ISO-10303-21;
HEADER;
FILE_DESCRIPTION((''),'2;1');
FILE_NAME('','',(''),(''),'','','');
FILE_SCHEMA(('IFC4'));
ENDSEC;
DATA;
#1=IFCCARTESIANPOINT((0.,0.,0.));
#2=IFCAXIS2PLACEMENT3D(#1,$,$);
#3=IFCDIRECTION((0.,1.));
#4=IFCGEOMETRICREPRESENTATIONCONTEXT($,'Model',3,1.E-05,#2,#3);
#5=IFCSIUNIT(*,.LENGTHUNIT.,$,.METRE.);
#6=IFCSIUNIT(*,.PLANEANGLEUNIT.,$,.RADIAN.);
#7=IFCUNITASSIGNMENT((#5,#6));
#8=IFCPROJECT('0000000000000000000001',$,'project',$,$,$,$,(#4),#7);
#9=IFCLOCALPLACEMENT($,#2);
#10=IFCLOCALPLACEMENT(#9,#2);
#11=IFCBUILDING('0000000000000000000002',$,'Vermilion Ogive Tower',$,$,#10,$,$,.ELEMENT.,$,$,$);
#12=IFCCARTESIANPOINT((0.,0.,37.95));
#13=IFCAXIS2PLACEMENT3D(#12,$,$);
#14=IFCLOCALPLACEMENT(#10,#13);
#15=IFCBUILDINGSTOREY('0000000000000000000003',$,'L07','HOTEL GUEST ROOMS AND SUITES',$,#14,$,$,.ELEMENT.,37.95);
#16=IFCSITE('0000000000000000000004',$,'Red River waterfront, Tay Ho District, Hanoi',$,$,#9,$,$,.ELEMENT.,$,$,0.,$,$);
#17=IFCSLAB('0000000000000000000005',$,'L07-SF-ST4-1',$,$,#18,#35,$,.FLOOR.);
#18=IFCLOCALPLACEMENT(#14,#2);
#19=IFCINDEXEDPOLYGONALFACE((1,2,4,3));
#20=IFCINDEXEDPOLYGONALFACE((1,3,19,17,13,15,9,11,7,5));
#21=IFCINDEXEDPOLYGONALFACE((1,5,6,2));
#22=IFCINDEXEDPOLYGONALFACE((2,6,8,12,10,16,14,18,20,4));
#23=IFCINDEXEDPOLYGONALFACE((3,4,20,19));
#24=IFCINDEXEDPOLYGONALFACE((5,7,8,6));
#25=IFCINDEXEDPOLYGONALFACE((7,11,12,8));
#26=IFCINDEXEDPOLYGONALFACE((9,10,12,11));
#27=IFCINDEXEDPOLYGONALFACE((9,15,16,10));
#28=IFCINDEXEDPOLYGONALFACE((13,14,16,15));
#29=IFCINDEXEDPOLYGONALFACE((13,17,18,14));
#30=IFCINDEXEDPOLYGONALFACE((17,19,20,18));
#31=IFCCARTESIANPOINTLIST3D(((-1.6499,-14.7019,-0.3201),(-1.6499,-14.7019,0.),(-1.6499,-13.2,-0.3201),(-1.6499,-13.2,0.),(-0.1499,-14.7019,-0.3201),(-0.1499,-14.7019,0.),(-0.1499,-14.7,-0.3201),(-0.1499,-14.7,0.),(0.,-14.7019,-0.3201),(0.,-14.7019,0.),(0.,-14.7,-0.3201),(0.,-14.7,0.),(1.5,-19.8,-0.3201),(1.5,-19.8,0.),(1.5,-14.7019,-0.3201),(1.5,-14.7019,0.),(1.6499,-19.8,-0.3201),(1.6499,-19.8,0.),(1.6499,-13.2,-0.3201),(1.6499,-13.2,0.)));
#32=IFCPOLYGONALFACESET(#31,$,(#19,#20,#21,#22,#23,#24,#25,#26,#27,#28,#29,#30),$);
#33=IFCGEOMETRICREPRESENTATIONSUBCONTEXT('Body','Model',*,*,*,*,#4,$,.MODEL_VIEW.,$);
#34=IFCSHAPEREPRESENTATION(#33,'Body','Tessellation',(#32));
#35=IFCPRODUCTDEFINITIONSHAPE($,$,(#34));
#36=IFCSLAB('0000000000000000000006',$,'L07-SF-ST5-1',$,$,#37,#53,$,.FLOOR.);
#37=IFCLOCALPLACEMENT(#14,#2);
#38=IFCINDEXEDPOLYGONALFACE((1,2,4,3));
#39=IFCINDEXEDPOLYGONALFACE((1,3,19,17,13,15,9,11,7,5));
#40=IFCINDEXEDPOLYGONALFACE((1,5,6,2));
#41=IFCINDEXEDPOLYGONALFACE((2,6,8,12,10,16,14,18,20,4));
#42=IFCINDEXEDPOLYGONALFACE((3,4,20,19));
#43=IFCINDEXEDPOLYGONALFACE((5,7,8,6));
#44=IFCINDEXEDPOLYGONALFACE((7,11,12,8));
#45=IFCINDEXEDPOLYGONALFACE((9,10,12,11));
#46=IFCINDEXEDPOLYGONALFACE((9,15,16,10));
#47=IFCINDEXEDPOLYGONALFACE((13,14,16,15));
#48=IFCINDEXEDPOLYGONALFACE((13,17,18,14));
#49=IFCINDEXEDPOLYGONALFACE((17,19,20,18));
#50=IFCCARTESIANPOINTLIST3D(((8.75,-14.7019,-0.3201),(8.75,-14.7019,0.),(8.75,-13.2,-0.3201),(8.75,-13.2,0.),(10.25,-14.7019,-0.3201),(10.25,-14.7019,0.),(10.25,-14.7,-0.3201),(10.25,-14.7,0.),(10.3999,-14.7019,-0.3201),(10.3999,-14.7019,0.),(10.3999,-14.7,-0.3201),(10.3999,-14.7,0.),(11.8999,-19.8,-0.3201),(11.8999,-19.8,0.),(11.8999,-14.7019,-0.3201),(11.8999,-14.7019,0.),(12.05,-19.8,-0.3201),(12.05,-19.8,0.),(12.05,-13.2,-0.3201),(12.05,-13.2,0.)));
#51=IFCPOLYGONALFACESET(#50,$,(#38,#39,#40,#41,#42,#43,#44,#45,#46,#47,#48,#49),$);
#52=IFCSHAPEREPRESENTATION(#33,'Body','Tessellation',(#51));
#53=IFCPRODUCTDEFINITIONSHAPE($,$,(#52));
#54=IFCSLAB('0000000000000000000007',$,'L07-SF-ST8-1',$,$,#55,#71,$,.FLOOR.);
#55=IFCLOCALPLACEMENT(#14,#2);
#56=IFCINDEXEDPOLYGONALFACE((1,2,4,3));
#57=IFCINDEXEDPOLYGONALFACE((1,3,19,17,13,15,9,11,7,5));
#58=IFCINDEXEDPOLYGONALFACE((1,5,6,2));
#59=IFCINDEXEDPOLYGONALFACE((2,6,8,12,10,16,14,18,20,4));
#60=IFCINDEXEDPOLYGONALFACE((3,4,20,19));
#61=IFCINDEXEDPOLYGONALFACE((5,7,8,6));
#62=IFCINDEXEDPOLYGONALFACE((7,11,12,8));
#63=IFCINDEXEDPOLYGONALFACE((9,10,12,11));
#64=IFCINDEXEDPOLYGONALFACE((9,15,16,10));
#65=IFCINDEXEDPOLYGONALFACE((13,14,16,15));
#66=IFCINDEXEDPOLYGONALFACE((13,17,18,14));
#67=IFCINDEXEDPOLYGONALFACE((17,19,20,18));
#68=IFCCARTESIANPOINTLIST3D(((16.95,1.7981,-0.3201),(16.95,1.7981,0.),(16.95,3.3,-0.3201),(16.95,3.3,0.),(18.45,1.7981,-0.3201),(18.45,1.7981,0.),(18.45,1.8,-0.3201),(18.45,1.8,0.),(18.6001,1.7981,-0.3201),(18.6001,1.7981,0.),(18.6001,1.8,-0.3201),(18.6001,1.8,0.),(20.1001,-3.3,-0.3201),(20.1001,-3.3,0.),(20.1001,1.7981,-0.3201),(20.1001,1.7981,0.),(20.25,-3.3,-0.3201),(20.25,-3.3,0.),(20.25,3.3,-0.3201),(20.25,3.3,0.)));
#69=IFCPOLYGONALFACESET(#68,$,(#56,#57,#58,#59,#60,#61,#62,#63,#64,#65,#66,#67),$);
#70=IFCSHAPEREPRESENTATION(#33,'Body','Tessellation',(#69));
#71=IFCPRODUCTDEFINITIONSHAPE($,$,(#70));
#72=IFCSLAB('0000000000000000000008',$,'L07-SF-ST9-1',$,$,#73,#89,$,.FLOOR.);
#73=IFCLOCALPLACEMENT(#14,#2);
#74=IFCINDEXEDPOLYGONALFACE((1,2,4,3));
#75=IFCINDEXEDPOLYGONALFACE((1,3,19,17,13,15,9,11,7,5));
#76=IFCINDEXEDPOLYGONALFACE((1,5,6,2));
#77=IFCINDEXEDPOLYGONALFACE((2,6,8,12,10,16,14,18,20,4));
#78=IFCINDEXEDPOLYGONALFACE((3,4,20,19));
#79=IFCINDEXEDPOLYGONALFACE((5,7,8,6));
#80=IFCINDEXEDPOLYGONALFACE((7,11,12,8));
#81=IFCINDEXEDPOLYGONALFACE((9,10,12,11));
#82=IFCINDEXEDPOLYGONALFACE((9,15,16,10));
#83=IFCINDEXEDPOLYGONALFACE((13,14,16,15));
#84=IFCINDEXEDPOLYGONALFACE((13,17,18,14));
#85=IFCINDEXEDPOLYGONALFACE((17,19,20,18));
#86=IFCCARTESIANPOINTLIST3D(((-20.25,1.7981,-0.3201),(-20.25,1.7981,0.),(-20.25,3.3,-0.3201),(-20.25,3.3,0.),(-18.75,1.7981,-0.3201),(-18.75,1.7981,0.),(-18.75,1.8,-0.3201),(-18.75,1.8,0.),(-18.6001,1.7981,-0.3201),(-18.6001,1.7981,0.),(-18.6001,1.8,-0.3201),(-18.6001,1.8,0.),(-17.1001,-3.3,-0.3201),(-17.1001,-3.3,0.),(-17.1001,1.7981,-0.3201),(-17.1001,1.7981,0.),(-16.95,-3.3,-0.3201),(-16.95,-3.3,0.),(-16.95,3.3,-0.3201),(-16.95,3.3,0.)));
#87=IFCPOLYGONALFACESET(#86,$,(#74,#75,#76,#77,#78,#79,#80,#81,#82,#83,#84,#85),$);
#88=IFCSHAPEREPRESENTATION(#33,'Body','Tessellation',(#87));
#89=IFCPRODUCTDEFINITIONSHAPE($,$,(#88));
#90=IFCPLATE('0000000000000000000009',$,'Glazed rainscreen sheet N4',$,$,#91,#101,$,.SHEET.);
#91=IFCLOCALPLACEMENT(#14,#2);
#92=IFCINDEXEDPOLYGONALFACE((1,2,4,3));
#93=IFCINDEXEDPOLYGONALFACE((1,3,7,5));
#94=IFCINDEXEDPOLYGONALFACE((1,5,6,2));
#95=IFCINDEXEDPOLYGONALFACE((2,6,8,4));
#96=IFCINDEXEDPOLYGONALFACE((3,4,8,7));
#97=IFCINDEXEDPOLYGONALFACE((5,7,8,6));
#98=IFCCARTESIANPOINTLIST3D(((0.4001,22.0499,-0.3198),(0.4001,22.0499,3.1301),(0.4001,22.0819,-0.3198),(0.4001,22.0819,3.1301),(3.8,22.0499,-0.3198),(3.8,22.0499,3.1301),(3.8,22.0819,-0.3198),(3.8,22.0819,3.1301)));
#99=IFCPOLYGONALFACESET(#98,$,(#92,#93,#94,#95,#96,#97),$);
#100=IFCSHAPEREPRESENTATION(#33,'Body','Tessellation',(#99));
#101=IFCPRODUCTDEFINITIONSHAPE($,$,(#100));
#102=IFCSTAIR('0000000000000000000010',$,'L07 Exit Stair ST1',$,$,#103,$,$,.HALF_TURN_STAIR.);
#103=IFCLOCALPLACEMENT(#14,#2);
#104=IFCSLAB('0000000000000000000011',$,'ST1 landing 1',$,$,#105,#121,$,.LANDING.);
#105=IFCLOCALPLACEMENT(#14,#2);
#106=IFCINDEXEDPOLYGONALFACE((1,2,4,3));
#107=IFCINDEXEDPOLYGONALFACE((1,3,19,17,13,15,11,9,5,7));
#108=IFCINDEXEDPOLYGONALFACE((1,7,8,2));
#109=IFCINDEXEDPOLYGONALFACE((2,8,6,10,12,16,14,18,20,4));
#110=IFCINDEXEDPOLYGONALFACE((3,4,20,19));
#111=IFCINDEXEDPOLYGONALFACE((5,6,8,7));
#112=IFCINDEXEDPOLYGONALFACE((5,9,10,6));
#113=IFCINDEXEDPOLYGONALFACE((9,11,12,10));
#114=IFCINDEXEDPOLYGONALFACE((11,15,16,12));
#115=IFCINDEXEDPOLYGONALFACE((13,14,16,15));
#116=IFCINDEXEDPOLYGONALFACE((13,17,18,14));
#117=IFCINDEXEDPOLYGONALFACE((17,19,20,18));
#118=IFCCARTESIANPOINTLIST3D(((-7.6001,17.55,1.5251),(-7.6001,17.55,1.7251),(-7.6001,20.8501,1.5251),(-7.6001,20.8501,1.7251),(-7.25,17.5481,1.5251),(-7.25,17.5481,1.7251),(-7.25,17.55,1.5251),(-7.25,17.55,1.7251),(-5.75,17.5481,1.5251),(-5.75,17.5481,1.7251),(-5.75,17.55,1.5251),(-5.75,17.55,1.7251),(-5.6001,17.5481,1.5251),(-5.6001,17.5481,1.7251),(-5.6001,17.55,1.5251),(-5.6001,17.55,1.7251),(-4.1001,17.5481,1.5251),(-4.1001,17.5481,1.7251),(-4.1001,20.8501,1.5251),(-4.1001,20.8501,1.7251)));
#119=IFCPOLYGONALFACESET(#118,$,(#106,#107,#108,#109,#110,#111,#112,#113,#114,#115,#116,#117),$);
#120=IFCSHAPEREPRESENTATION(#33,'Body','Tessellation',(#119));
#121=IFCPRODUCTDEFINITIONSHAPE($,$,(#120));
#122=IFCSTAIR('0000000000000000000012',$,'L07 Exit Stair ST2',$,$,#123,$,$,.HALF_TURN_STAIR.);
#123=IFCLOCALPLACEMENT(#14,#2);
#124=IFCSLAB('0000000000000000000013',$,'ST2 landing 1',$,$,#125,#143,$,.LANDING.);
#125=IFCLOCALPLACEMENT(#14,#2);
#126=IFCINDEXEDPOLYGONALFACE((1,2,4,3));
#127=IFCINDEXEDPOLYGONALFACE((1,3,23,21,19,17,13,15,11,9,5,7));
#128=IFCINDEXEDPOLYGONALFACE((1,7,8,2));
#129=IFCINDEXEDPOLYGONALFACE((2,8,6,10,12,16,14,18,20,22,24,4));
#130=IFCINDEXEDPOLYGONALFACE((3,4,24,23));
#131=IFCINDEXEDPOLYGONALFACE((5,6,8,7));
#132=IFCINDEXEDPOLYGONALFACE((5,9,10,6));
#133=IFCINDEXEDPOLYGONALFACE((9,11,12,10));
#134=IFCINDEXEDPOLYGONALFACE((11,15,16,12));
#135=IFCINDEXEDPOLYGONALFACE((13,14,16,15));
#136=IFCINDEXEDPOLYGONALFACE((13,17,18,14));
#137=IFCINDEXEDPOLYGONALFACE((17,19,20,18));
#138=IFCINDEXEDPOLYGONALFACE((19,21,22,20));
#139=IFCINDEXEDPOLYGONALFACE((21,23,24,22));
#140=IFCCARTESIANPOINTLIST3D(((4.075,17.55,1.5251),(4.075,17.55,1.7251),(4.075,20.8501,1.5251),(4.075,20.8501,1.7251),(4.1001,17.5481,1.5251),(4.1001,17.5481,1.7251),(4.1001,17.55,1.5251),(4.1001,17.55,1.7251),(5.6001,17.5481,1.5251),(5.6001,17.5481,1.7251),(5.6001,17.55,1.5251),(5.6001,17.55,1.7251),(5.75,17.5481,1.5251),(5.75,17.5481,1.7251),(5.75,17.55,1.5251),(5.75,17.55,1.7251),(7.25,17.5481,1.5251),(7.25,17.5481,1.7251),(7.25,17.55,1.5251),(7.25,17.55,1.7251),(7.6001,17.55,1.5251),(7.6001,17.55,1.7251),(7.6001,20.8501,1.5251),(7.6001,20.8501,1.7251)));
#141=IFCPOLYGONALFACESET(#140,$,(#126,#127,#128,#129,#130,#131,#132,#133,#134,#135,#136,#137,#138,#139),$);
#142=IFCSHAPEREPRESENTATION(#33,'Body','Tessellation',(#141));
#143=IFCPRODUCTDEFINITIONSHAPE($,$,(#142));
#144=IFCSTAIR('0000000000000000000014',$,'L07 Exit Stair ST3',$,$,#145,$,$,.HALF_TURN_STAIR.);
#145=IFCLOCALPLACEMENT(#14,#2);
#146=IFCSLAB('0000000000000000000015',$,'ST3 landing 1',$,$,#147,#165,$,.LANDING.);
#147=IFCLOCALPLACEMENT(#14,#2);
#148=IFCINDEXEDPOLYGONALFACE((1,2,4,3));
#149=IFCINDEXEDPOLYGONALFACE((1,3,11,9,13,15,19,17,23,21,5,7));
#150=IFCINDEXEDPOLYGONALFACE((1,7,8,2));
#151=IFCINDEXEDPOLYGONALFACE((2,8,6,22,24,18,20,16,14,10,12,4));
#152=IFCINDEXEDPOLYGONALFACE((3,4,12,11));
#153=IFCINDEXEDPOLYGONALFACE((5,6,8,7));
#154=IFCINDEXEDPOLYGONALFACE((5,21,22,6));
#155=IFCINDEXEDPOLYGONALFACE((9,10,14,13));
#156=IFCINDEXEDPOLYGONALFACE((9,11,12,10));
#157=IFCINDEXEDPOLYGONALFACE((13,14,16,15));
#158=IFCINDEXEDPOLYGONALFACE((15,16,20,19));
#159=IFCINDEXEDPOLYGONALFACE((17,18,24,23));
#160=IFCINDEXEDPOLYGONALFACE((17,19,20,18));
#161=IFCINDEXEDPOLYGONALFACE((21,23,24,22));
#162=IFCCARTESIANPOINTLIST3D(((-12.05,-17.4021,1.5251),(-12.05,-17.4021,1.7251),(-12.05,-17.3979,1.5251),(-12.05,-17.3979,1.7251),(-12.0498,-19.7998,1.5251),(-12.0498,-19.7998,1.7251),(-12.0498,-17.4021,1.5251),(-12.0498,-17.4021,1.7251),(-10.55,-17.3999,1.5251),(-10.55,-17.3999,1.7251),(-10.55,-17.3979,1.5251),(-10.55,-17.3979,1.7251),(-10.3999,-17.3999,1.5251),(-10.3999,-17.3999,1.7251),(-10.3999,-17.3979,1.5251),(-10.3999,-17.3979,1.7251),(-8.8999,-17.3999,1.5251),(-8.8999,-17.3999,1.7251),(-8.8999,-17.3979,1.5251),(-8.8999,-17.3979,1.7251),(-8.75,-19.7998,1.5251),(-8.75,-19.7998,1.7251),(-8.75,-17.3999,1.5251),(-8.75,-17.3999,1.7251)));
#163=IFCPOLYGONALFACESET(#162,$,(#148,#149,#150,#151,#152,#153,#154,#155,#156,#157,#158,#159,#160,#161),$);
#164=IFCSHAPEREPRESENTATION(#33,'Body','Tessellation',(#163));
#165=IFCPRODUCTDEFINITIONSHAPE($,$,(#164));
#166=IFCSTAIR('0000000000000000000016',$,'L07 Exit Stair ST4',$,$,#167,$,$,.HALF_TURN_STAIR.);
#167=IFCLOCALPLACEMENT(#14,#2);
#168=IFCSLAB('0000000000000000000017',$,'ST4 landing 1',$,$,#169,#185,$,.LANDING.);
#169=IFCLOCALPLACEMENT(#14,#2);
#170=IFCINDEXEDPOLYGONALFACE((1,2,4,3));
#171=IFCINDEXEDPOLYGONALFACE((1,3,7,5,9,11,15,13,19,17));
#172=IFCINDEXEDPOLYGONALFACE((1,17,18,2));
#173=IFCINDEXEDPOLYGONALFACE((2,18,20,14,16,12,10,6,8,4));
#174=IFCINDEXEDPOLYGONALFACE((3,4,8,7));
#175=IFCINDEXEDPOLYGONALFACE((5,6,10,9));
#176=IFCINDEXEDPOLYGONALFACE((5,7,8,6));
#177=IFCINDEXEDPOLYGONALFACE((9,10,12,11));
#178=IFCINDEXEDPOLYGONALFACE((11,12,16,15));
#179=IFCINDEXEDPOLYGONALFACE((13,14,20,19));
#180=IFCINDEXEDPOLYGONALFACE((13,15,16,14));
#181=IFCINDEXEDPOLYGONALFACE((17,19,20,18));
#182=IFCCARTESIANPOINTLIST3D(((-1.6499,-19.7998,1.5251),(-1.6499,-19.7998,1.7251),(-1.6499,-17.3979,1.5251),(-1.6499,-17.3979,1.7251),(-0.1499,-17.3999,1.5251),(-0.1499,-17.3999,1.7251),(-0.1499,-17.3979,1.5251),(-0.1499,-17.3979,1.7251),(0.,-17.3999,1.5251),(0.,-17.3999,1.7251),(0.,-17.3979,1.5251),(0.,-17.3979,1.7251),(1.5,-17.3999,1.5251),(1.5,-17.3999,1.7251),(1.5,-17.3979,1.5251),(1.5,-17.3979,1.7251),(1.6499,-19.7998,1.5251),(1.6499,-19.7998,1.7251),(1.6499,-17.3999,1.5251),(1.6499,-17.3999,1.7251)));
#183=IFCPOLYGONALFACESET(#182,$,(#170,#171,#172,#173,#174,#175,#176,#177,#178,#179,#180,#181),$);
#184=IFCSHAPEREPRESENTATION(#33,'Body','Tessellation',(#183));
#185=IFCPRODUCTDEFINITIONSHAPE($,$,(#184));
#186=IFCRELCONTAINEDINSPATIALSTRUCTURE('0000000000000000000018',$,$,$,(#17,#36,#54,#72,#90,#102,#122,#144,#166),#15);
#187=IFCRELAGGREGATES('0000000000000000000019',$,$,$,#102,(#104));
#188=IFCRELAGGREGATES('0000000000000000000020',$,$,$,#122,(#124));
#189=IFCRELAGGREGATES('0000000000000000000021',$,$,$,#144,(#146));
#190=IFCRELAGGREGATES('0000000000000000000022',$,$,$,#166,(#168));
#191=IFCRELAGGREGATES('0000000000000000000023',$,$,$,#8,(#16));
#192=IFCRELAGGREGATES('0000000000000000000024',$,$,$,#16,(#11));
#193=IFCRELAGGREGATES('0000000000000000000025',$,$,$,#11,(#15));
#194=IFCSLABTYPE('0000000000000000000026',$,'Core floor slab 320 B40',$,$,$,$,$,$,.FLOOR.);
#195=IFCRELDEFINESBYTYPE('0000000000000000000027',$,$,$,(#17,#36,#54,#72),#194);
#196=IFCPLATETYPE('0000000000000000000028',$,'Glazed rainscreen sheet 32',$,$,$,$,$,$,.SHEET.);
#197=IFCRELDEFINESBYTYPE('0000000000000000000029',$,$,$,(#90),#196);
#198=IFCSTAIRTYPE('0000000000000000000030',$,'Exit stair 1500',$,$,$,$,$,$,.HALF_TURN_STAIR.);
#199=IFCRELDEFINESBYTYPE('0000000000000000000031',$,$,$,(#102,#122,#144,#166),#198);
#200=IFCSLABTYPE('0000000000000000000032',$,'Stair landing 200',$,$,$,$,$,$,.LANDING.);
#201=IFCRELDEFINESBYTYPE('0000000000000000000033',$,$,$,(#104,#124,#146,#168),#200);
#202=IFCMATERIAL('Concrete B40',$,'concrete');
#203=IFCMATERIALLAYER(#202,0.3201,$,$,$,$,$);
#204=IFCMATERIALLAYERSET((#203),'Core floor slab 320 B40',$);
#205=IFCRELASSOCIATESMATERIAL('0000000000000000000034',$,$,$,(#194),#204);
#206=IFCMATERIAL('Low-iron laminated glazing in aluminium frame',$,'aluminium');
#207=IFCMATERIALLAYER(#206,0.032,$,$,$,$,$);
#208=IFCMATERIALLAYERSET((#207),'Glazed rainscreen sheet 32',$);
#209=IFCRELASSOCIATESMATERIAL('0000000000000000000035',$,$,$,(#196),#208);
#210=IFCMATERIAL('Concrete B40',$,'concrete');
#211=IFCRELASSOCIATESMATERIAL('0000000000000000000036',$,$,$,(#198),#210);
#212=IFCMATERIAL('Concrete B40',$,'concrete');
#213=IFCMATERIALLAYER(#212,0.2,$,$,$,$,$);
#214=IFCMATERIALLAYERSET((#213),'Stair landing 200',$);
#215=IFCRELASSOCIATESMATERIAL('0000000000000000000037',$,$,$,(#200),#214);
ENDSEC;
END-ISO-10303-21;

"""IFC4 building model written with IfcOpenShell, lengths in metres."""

from ifc_helpers import new_model, si_unit, direction, frame, origin, origin_2d, place, context, subcontext, project, spatial, polyline, rectangle, outline, extrude, material, layer, layer_set, type_object, element, aggregate, save


model = new_model("IFC4")

# Units and contexts
model_context = context("Model", 3, precision=1e-05, world=origin(), true_north=direction((0.0, 1.0)))
body_context = subcontext(model_context, "Body", "Model", "MODEL_VIEW")
ifc_project = project(units=[si_unit("LENGTHUNIT", "METRE"), si_unit("PLANEANGLEUNIT", "RADIAN")], contexts=[model_context])

# Site, building, storey
site_placement = place(None, origin())
site = spatial("IfcSite", under=ifc_project, at=site_placement, Name="Red River waterfront, Tay Ho District, Hanoi", CompositionType="ELEMENT", RefElevation=0.0)
building_placement = place(site_placement, origin())
building = spatial("IfcBuilding", under=site, at=building_placement, Name="Vermilion Ogive Tower", CompositionType="ELEMENT")
storey_placement = place(building_placement, frame((0.0, 0.0, 37.95)))
storey = spatial("IfcBuildingStorey", under=building, at=storey_placement, Name="L07", Description="HOTEL GUEST ROOMS AND SUITES", CompositionType="ELEMENT", Elevation=37.95)

# Slabs
ifc_material_1 = material(Name="Concrete B40", Category="concrete")
ifc_layer_1 = layer(ifc_material_1, 0.3201)
ifc_layer_set_1 = layer_set([ifc_layer_1], Name="Core floor slab 320 B40")
slab_type_1 = type_object("IfcSlabType", Name="Core floor slab 320 B40", PredefinedType="FLOOR", material=ifc_layer_set_1)
slab_1_placement = place(storey_placement, frame((0.0, 0.0, -0.3201)))
element("IfcSlab", 1, at=slab_1_placement, inside=storey, type_object=slab_type_1, Name="L07-SF-ST4-1", PredefinedType="FLOOR", context=body_context, shape_type="SweptSolid", body=[
    extrude(outline(polyline([(-1.6499, -13.2), (-1.6499, -14.7019), (-0.1499, -14.7019), (-0.1499, -14.7), (0.0, -14.7), (0.0, -14.7019), (1.5, -14.7019), (1.5, -19.8), (1.6499, -19.8), (1.6499, -13.2), (-1.6499, -13.2)])), origin(), (0.0, 0.0, 1.0), 0.3201),
])
slab_2_placement = place(storey_placement, frame((0.0, 0.0, -0.3201)))
element("IfcSlab", 2, at=slab_2_placement, inside=storey, type_object=slab_type_1, Name="L07-SF-ST5-1", PredefinedType="FLOOR", context=body_context, shape_type="SweptSolid", body=[
    extrude(outline(polyline([(8.75, -13.2), (8.75, -14.7019), (10.25, -14.7019), (10.25, -14.7), (10.3999, -14.7), (10.3999, -14.7019), (11.8999, -14.7019), (11.8999, -19.8), (12.05, -19.8), (12.05, -13.2), (8.75, -13.2)])), origin(), (0.0, 0.0, 1.0), 0.3201),
])
slab_3_placement = place(storey_placement, frame((0.0, 0.0, -0.3201)))
element("IfcSlab", 3, at=slab_3_placement, inside=storey, type_object=slab_type_1, Name="L07-SF-ST8-1", PredefinedType="FLOOR", context=body_context, shape_type="SweptSolid", body=[
    extrude(outline(polyline([(16.95, 3.3), (16.95, 1.7981), (18.45, 1.7981), (18.45, 1.8), (18.6001, 1.8), (18.6001, 1.7981), (20.1001, 1.7981), (20.1001, -3.3), (20.25, -3.3), (20.25, 3.3), (16.95, 3.3)])), origin(), (0.0, 0.0, 1.0), 0.3201),
])
slab_4_placement = place(storey_placement, frame((0.0, 0.0, -0.3201)))
element("IfcSlab", 4, at=slab_4_placement, inside=storey, type_object=slab_type_1, Name="L07-SF-ST9-1", PredefinedType="FLOOR", context=body_context, shape_type="SweptSolid", body=[
    extrude(outline(polyline([(-20.25, 3.3), (-20.25, 1.7981), (-18.75, 1.7981), (-18.75, 1.8), (-18.6001, 1.8), (-18.6001, 1.7981), (-17.1001, 1.7981), (-17.1001, -3.3), (-16.95, -3.3), (-16.95, 3.3), (-20.25, 3.3)])), origin(), (0.0, 0.0, 1.0), 0.3201),
])

# Plate
ifc_material_2 = material(Name="Low-iron laminated glazing in aluminium frame", Category="aluminium")
ifc_layer_2 = layer(ifc_material_2, 0.032)
ifc_layer_set_2 = layer_set([ifc_layer_2], Name="Glazed rainscreen sheet 32")
plate_type = type_object("IfcPlateType", Name="Glazed rainscreen sheet 32", PredefinedType="SHEET", material=ifc_layer_set_2)
plate_placement = place(storey_placement, frame((2.1001, 22.0659, -0.3198), z_axis=(0.0, 0.0, 1.0), x_axis=(1.0, 0.0, 0.0)))
element("IfcPlate", 5, at=plate_placement, inside=storey, type_object=plate_type, Name="Glazed rainscreen sheet N4", PredefinedType="SHEET", context=body_context, shape_type="SweptSolid", body=[
    extrude(rectangle(XDim=3.3999, YDim=0.032, at=origin_2d()), origin(), (0.0, 0.0, 1.0), 3.45),
])

# Stairs, slabs
ifc_material_3 = material(Name="Concrete B40", Category="concrete")
stair_type = type_object("IfcStairType", Name="Exit stair 1500", PredefinedType="HALF_TURN_STAIR", material=ifc_material_3)
stair_1_placement = place(storey_placement, origin())
stair_1 = element("IfcStair", 6, at=stair_1_placement, inside=storey, type_object=stair_type, Name="L07 Exit Stair ST1", PredefinedType="HALF_TURN_STAIR")
ifc_material_4 = material(Name="Concrete B40", Category="concrete")
ifc_layer_3 = layer(ifc_material_4, 0.2)
ifc_layer_set_3 = layer_set([ifc_layer_3], Name="Stair landing 200")
slab_type_2 = type_object("IfcSlabType", Name="Stair landing 200", PredefinedType="LANDING", material=ifc_layer_set_3)
slab_5_placement = place(storey_placement, frame((0.0, 0.0, 1.5251)))
slab_5 = element("IfcSlab", 7, at=slab_5_placement, type_object=slab_type_2, Name="ST1 landing 1", PredefinedType="LANDING", context=body_context, shape_type="SweptSolid", body=[
    extrude(outline(polyline([(-7.6001, 17.55), (-7.25, 17.55), (-7.25, 17.5481), (-5.75, 17.5481), (-5.75, 17.55), (-5.6001, 17.55), (-5.6001, 17.5481), (-4.1001, 17.5481), (-4.1001, 20.8501), (-7.6001, 20.8501), (-7.6001, 17.55)])), origin(), (0.0, 0.0, 1.0), 0.2),
])
aggregate(stair_1, [slab_5])
stair_2_placement = place(storey_placement, origin())
stair_2 = element("IfcStair", 8, at=stair_2_placement, inside=storey, type_object=stair_type, Name="L07 Exit Stair ST2", PredefinedType="HALF_TURN_STAIR")
slab_6_placement = place(storey_placement, frame((0.0, 0.0, 1.5251)))
slab_6 = element("IfcSlab", 9, at=slab_6_placement, type_object=slab_type_2, Name="ST2 landing 1", PredefinedType="LANDING", context=body_context, shape_type="SweptSolid", body=[
    extrude(outline(polyline([(5.6001, 17.55), (5.75, 17.55), (5.75, 17.5481), (7.25, 17.5481), (7.25, 17.55), (7.6001, 17.55), (7.6001, 20.8501), (4.075, 20.8501), (4.075, 17.55), (4.1001, 17.55), (4.1001, 17.5481), (5.6001, 17.5481), (5.6001, 17.55)])), origin(), (0.0, 0.0, 1.0), 0.2),
])
aggregate(stair_2, [slab_6])
stair_3_placement = place(storey_placement, origin())
stair_3 = element("IfcStair", 10, at=stair_3_placement, inside=storey, type_object=stair_type, Name="L07 Exit Stair ST3", PredefinedType="HALF_TURN_STAIR")
slab_7_placement = place(storey_placement, frame((0.0, 0.0, 1.5251)))
slab_7 = element("IfcSlab", 11, at=slab_7_placement, type_object=slab_type_2, Name="ST3 landing 1", PredefinedType="LANDING", context=body_context, shape_type="SweptSolid", body=[
    extrude(outline(polyline([(-8.75, -17.3999), (-8.8999, -17.3999), (-8.8999, -17.3979), (-10.3999, -17.3979), (-10.3999, -17.3999), (-10.55, -17.3999), (-10.55, -17.3979), (-12.05, -17.3979), (-12.05, -17.4021), (-12.0498, -17.4021), (-12.0498, -19.7998), (-8.75, -19.7998), (-8.75, -17.3999)])), origin(), (0.0, 0.0, 1.0), 0.2),
])
aggregate(stair_3, [slab_7])
stair_4_placement = place(storey_placement, origin())
stair_4 = element("IfcStair", 12, at=stair_4_placement, inside=storey, type_object=stair_type, Name="L07 Exit Stair ST4", PredefinedType="HALF_TURN_STAIR")
slab_8_placement = place(storey_placement, frame((0.0, 0.0, 1.5251)))
slab_8 = element("IfcSlab", 13, at=slab_8_placement, type_object=slab_type_2, Name="ST4 landing 1", PredefinedType="LANDING", context=body_context, shape_type="SweptSolid", body=[
    extrude(outline(polyline([(1.6499, -17.3999), (1.5, -17.3999), (1.5, -17.3979), (0.0, -17.3979), (0.0, -17.3999), (-0.1499, -17.3999), (-0.1499, -17.3979), (-1.6499, -17.3979), (-1.6499, -19.7998), (1.6499, -19.7998), (1.6499, -17.3999)])), origin(), (0.0, 0.0, 1.0), 0.2),
])
aggregate(stair_4, [slab_8])

save(model, "model.ifc")
